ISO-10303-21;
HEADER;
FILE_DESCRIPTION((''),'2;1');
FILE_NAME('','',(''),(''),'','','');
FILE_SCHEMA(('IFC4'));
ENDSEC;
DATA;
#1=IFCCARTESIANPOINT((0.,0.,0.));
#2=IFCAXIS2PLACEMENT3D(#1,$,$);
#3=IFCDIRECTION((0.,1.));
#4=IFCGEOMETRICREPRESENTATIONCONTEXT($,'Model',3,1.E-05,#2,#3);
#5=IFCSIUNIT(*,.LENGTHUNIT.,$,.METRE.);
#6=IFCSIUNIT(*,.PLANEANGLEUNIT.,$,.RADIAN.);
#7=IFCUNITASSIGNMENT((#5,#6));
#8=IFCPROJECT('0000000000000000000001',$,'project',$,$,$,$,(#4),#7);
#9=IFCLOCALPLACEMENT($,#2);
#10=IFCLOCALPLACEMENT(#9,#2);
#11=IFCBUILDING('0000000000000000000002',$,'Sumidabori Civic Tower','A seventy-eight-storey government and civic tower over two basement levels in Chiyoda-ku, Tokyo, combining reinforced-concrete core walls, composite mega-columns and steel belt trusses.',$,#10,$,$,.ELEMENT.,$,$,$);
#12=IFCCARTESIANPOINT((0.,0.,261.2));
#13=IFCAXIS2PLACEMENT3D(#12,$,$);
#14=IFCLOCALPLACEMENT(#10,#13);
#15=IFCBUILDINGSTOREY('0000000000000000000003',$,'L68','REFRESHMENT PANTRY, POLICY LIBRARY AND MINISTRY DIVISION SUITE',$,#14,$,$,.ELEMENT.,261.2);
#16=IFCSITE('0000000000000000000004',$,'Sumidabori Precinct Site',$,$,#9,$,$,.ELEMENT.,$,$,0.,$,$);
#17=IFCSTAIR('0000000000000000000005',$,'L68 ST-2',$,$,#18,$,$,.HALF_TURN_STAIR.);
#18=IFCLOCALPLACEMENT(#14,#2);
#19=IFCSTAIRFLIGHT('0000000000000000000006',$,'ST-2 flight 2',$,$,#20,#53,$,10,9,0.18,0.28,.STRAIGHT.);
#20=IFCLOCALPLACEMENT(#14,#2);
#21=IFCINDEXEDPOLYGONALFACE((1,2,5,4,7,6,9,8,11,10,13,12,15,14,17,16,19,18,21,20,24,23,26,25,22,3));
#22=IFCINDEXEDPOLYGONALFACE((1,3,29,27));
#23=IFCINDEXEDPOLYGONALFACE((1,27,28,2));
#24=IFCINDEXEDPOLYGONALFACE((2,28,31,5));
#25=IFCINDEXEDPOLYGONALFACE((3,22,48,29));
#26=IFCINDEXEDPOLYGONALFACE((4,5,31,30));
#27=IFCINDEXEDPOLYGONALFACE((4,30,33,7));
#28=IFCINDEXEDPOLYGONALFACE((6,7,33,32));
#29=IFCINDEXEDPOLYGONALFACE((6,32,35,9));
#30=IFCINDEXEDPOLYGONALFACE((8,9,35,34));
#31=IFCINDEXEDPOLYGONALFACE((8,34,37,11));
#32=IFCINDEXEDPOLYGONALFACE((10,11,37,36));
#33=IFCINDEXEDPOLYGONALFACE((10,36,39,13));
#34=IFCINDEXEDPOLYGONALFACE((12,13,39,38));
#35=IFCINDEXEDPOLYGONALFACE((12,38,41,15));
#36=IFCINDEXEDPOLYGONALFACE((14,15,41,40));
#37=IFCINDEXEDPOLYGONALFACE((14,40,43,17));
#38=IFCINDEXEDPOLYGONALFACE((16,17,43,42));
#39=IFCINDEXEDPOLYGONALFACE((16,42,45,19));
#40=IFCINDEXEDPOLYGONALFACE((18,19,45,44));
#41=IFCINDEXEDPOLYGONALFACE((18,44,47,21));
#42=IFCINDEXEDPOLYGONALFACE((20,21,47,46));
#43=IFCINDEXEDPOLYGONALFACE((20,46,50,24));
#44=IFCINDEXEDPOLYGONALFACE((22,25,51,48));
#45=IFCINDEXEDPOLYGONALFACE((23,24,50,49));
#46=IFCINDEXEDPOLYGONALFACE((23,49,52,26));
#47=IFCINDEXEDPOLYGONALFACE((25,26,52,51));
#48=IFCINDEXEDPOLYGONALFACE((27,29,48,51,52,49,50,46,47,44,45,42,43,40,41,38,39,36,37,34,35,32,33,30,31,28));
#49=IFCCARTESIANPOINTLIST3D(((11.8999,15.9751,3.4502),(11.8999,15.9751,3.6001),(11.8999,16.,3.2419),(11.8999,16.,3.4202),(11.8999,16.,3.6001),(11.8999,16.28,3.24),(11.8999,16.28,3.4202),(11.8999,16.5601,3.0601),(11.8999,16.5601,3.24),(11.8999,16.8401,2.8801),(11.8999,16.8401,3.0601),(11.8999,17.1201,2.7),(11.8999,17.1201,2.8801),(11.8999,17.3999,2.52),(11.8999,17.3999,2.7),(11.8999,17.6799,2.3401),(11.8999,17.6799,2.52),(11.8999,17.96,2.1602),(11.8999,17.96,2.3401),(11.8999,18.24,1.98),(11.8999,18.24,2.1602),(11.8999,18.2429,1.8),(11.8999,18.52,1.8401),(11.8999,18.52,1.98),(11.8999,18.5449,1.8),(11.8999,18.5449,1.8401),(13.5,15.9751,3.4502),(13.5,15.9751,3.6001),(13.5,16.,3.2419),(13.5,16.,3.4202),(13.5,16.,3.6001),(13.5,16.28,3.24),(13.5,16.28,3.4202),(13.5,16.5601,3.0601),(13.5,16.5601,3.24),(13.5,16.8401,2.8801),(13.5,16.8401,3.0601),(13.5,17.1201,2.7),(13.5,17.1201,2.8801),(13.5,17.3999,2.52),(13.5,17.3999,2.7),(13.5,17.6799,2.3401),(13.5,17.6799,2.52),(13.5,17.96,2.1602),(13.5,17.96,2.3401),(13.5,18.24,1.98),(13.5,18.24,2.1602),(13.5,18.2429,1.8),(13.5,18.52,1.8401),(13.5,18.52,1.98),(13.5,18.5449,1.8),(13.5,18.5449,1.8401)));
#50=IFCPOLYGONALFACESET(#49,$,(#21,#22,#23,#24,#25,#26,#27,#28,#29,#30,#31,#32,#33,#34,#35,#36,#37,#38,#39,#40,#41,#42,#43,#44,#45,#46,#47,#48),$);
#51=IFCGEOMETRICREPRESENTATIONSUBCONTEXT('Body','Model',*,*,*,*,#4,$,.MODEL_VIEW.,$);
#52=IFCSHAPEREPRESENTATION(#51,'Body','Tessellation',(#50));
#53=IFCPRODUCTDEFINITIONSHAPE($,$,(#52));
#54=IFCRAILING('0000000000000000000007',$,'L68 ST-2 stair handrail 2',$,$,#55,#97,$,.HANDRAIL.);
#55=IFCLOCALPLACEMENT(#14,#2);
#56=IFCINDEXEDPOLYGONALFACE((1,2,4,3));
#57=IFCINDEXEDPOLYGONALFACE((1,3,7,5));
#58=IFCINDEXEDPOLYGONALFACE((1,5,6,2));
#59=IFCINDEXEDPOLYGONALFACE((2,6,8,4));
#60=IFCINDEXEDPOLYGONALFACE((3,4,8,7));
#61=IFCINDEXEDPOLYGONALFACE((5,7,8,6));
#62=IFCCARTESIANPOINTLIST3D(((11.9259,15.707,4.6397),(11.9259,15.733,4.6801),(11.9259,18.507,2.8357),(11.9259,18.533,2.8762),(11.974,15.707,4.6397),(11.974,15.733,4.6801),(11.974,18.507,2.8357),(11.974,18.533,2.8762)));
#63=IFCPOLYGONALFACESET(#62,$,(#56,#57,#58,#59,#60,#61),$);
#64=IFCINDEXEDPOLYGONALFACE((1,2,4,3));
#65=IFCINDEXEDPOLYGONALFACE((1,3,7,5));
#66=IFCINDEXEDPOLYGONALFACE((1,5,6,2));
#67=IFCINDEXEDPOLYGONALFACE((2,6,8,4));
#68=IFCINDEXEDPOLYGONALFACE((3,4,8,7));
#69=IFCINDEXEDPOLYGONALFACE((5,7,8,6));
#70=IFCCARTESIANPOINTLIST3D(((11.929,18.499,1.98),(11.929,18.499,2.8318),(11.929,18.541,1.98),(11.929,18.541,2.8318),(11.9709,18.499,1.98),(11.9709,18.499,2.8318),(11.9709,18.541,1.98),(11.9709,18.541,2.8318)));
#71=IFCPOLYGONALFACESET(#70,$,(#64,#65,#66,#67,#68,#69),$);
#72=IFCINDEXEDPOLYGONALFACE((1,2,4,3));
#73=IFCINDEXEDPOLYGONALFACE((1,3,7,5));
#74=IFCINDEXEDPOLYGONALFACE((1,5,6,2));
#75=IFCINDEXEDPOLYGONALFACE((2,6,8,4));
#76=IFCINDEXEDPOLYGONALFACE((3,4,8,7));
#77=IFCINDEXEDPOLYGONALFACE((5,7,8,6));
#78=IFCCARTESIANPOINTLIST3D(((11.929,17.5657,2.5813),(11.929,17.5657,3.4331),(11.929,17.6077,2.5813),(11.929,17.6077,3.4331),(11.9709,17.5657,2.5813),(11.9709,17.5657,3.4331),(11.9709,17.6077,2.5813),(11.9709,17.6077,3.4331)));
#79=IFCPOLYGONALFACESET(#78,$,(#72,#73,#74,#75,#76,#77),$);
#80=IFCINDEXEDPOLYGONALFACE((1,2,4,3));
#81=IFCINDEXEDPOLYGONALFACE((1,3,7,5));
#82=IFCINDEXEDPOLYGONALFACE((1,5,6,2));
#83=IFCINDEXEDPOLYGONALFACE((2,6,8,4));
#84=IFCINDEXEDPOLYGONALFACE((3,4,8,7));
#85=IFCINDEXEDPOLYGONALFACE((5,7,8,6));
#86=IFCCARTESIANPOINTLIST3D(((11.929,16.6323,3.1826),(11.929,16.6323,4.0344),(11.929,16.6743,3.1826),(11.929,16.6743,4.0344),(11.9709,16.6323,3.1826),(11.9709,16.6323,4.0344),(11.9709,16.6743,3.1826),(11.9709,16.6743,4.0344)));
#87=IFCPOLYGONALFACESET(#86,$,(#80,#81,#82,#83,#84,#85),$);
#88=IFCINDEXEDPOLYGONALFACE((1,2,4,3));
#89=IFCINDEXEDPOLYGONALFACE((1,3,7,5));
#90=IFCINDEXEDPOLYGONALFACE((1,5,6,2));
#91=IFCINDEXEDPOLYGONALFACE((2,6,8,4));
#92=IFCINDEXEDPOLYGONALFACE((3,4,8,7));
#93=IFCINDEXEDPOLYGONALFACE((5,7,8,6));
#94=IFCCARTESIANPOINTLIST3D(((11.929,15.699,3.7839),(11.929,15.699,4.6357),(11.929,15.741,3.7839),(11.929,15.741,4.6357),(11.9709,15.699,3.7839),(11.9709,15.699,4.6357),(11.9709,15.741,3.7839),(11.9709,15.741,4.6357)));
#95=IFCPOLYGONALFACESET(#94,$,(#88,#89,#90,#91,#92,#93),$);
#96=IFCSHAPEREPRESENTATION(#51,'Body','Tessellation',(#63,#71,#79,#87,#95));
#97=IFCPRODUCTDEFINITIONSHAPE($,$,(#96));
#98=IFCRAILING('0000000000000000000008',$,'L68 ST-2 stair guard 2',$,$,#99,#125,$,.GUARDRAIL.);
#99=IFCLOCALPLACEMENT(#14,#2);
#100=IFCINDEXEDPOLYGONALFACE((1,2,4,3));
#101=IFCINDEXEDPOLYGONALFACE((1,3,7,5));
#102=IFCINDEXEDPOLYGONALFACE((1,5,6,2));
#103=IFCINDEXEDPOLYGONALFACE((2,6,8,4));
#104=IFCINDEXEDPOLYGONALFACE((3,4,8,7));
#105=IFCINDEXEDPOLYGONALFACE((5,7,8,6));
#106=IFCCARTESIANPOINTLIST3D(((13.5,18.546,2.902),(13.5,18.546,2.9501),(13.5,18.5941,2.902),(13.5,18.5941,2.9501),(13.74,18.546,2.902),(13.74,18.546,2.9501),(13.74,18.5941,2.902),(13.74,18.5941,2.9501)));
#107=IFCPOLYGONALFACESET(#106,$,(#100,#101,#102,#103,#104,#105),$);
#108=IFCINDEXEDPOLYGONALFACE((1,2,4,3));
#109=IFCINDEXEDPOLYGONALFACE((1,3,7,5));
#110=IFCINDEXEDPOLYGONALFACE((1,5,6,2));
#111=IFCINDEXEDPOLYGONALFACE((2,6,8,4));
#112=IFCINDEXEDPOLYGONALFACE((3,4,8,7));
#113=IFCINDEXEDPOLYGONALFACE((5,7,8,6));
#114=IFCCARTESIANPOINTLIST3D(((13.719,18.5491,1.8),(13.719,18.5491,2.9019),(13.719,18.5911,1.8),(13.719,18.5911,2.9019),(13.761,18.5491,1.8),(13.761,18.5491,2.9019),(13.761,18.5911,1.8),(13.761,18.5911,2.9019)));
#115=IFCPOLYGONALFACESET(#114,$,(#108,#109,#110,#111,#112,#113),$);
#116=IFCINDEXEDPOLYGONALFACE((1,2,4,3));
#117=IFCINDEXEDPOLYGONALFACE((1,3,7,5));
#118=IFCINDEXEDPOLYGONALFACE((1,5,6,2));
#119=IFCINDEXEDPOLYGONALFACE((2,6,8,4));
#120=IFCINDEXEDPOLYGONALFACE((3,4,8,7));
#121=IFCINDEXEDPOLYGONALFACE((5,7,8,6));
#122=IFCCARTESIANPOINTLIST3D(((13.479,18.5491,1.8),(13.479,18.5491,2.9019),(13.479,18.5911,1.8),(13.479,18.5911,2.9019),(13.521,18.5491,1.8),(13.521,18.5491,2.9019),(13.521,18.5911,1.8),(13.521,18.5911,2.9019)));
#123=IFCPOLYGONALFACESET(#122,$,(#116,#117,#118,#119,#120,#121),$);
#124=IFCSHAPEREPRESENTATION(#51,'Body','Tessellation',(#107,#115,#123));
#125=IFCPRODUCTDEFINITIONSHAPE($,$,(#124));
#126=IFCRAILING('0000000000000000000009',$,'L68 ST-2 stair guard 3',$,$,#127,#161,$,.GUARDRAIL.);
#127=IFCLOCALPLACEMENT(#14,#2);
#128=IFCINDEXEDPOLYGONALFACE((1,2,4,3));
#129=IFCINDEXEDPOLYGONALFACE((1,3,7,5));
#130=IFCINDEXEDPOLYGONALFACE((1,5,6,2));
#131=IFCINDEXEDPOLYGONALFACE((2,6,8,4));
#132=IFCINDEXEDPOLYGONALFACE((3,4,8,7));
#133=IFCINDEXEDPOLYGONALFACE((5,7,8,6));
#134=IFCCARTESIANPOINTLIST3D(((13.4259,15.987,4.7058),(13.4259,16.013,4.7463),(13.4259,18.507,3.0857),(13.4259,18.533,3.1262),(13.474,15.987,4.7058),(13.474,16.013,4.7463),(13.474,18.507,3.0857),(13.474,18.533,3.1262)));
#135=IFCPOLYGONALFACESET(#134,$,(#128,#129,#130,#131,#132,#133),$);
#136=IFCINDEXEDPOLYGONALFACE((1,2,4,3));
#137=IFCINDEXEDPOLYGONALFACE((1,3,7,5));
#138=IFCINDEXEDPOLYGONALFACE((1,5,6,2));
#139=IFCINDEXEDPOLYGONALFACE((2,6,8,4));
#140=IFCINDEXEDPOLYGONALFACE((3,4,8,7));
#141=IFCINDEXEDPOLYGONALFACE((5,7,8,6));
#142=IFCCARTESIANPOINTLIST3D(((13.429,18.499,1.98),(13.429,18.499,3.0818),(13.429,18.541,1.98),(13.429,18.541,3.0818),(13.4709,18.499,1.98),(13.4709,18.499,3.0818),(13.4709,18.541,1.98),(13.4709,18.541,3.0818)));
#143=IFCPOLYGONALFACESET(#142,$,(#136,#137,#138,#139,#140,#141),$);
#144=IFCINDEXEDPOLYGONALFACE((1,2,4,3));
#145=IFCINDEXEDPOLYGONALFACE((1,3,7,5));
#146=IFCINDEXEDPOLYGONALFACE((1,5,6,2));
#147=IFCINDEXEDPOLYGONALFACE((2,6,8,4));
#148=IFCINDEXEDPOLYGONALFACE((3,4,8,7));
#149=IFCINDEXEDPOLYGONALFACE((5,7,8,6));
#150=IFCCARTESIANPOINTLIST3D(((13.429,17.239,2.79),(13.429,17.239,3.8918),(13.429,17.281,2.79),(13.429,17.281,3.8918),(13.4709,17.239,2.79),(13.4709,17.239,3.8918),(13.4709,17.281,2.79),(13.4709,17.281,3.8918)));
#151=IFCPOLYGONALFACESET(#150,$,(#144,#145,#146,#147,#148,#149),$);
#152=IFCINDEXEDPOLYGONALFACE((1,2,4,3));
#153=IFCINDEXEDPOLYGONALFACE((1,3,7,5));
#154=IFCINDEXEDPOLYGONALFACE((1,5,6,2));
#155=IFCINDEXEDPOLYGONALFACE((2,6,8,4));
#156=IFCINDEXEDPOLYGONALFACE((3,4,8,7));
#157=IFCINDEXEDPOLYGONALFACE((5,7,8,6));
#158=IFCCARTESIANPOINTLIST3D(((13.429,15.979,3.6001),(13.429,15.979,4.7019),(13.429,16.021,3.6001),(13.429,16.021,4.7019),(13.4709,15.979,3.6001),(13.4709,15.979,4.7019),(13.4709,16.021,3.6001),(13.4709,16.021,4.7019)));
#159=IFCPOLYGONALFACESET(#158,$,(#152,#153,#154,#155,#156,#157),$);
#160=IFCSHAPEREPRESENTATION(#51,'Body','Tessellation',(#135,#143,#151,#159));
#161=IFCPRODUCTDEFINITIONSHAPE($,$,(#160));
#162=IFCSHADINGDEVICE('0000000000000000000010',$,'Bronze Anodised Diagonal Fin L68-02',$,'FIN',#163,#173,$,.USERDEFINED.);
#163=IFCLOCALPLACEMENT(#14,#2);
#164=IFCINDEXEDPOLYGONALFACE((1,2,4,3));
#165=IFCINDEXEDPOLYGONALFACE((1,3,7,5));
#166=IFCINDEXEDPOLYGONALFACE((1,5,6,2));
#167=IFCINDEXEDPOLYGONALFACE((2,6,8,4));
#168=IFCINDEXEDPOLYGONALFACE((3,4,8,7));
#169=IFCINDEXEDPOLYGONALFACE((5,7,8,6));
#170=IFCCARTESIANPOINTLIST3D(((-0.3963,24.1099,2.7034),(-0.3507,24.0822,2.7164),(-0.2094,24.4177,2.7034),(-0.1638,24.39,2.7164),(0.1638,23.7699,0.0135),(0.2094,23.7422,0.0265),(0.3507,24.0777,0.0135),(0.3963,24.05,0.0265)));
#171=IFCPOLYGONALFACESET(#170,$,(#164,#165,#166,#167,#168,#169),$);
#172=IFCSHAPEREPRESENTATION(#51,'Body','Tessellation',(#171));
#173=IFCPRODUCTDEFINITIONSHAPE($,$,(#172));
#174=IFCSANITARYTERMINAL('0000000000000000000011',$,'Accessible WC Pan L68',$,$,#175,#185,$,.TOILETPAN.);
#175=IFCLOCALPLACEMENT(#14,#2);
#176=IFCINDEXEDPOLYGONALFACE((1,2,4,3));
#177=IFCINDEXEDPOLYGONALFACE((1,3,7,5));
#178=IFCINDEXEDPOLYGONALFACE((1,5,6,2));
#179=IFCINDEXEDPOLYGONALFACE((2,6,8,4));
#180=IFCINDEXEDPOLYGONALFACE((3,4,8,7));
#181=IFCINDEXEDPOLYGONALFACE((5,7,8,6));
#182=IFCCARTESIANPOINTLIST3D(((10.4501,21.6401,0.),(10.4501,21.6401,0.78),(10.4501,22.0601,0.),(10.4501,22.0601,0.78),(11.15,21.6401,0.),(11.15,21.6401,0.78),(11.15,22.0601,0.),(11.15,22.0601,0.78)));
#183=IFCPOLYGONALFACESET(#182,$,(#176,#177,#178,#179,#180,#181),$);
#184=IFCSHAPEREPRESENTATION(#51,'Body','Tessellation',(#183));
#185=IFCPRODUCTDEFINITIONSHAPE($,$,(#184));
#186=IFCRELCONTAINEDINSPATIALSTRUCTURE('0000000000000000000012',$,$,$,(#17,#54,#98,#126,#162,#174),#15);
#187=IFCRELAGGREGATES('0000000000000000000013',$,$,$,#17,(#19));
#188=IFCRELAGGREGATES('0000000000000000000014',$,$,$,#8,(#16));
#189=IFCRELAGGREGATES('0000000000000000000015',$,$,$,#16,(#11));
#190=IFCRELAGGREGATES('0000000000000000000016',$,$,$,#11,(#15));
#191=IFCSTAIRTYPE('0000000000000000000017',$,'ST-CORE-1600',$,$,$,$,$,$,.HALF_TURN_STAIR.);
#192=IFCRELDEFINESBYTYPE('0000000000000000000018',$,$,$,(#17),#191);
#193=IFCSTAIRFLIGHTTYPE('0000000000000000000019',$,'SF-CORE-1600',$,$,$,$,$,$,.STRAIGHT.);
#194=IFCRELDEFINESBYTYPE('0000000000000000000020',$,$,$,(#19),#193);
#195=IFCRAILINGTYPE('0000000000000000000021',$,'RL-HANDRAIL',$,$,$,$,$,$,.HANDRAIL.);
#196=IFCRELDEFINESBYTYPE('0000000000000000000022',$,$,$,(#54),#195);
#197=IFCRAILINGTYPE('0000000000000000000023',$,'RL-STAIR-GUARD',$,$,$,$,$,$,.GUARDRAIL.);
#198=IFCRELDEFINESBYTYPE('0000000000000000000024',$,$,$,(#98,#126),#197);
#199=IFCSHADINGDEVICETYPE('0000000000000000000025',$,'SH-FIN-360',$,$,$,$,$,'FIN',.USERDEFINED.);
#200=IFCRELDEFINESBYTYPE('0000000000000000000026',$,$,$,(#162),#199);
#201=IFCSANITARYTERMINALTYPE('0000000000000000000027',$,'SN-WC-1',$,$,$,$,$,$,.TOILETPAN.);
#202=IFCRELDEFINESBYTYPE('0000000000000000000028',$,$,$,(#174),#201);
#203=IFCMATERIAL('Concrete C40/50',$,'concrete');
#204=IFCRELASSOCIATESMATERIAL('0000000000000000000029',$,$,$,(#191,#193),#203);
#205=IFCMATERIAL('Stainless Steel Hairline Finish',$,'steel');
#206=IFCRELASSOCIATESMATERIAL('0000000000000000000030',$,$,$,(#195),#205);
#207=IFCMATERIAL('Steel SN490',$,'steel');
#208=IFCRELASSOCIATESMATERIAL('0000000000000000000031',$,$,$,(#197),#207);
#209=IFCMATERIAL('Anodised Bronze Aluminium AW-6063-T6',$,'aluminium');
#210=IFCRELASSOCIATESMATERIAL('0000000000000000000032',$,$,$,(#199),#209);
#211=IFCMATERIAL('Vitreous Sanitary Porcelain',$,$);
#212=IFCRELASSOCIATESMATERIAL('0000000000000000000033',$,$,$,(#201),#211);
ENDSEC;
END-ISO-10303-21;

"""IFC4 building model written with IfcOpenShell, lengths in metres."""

from ifc_helpers import new_model, si_unit, direction, frame, origin, origin_2d, place, context, subcontext, project, spatial, polyline, rectangle, outline, extrude, source, transform, mapped, material, material_profile, profile_set, type_object, element, aggregate, save


model = new_model("IFC4")

# Units and contexts
model_context = context("Model", 3, precision=1e-05, world=origin(), true_north=direction((0.0, 1.0)))
body_context = subcontext(model_context, "Body", "Model", "MODEL_VIEW")
ifc_project = project(units=[si_unit("LENGTHUNIT", "METRE"), si_unit("PLANEANGLEUNIT", "RADIAN")], contexts=[model_context])

# Site, building, storey
site_placement = place(None, origin())
site = spatial("IfcSite", under=ifc_project, at=site_placement, Name="Sumidabori Precinct Site", CompositionType="ELEMENT", RefElevation=0.0)
building_placement = place(site_placement, origin())
building = spatial("IfcBuilding", under=site, at=building_placement, Name="Sumidabori Civic Tower", Description="A seventy-eight-storey government and civic tower over two basement levels in Chiyoda-ku, Tokyo, combining reinforced-concrete core walls, composite mega-columns and steel belt trusses.", CompositionType="ELEMENT")
storey_placement = place(building_placement, frame((0.0, 0.0, 261.2)))
storey = spatial("IfcBuildingStorey", under=building, at=storey_placement, Name="L68", Description="REFRESHMENT PANTRY, POLICY LIBRARY AND MINISTRY DIVISION SUITE", CompositionType="ELEMENT", Elevation=261.2)

# Shared definitions
ifc_material_1 = material(Name="Steel SN490", Category="steel")

# Shared definitions
ifc_material_2 = material(Name="Anodised Bronze Aluminium AW-6063-T6", Category="aluminium")

# Stair, stair flight
ifc_material_3 = material(Name="Concrete C40/50", Category="concrete")
stair_type = type_object("IfcStairType", Name="ST-CORE-1600", PredefinedType="HALF_TURN_STAIR", material=ifc_material_3)
stair_placement = place(storey_placement, origin())
stair = element("IfcStair", 1, at=stair_placement, inside=storey, type_object=stair_type, Name="L68 ST-2", PredefinedType="HALF_TURN_STAIR")
stair_flight_type = type_object("IfcStairFlightType", Name="SF-CORE-1600", PredefinedType="STRAIGHT", material=ifc_material_3)
shared_shape_1 = source(origin(), body_context, "Body", "SweptSolid", [
    extrude(outline(polyline([(-0.0249, 0.0), (-0.0249, 0.04), (0.0, 0.04), (0.0, 0.1799), (0.28, 0.1799), (0.28, 0.3601), (0.5601, 0.3601), (0.5601, 0.54), (0.8401, 0.54), (0.8401, 0.72), (1.1201, 0.72), (1.1201, 0.8999), (1.3999, 0.8999), (1.3999, 1.0801), (1.6799, 1.0801), (1.6799, 1.26), (1.96, 1.26), (1.96, 1.4399), (2.24, 1.4399), (2.24, 1.6201), (2.52, 1.6201), (2.52, 1.8), (2.5449, 1.8), (2.5449, 1.6501), (2.52, 1.4419), (0.2771, 0.0), (-0.0249, 0.0)])), frame((0.0, 0.8, 0.0), z_axis=(0.0, -1.0, 0.0), x_axis=(1.0, 0.0, 0.0)), (0.0, 0.0, 1.0), 1.6001),
])
stair_flight_placement = place(storey_placement, frame((12.7, 18.52, 1.8), z_axis=(0.0, 0.0, 1.0), x_axis=(0.0, -1.0, 0.0)))
stair_flight = element("IfcStairFlight", 2, at=stair_flight_placement, type_object=stair_flight_type, Name="ST-2 flight 2", NumberOfRisers=10, NumberOfTreads=9, PredefinedType="STRAIGHT", RiserHeight=0.18, TreadLength=0.28, context=body_context, shape_type="MappedRepresentation", body=[
    mapped(shared_shape_1, transform((0.0, 0.0, 0.0), x_axis=(1.0, 0.0, 0.0), y_axis=(0.0, 1.0, 0.0), z_axis=(0.0, 0.0, 1.0), scale=1.0)),
])
aggregate(stair, [stair_flight])

# Railings
ifc_material_4 = material(Name="Stainless Steel Hairline Finish", Category="steel")
railing_type_1 = type_object("IfcRailingType", Name="RL-HANDRAIL", PredefinedType="HANDRAIL", material=ifc_material_4)
railing_1_placement = place(storey_placement, frame((11.95, 18.52, 1.98)))
element("IfcRailing", 3, at=railing_1_placement, inside=storey, type_object=railing_type_1, Name="L68 ST-2 stair handrail 2", PredefinedType="HANDRAIL", context=body_context, shape_type="SweptSolid", body=[
    extrude(rectangle(XDim=0.0481, YDim=0.0481, at=origin_2d()), frame((0.0, 0.0, 0.876), z_axis=(0.0, -0.840642, 0.541591), x_axis=(1.0, 0.0, 0.0)), (0.0, 0.0, 1.0), 3.3308),
    extrude(rectangle(XDim=0.042, YDim=0.042, at=origin_2d()), origin(), (0.0, 0.0, 1.0), 0.8518),
    extrude(rectangle(XDim=0.042, YDim=0.042, at=origin_2d()), frame((0.0, -0.9333, 0.6013)), (0.0, 0.0, 1.0), 0.8518),
    extrude(rectangle(XDim=0.042, YDim=0.042, at=origin_2d()), frame((0.0, -1.8667, 1.2026)), (0.0, 0.0, 1.0), 0.8518),
    extrude(rectangle(XDim=0.042, YDim=0.042, at=origin_2d()), frame((0.0, -2.8, 1.804)), (0.0, 0.0, 1.0), 0.8518),
])
railing_type_2 = type_object("IfcRailingType", Name="RL-STAIR-GUARD", PredefinedType="GUARDRAIL", material=ifc_material_1)
railing_2_placement = place(storey_placement, frame((13.74, 18.5701, 1.8)))
element("IfcRailing", 4, at=railing_2_placement, inside=storey, type_object=railing_type_2, Name="L68 ST-2 stair guard 2", PredefinedType="GUARDRAIL", context=body_context, shape_type="SweptSolid", body=[
    extrude(rectangle(XDim=0.0481, YDim=0.0481, at=origin_2d()), frame((0.0, 0.0, 1.126), z_axis=(-1.0, 0.0, 0.0), x_axis=(0.0, -1.0, 0.0)), (0.0, 0.0, 1.0), 0.24),
    extrude(rectangle(XDim=0.042, YDim=0.042, at=origin_2d()), origin(), (0.0, 0.0, 1.0), 1.1018),
    extrude(rectangle(XDim=0.042, YDim=0.042, at=origin_2d()), frame((-0.24, 0.0, 0.0)), (0.0, 0.0, 1.0), 1.1018),
])
railing_3_placement = place(storey_placement, frame((13.45, 18.52, 1.98)))
element("IfcRailing", 5, at=railing_3_placement, inside=storey, type_object=railing_type_2, Name="L68 ST-2 stair guard 3", PredefinedType="GUARDRAIL", context=body_context, shape_type="SweptSolid", body=[
    extrude(rectangle(XDim=0.0481, YDim=0.0481, at=origin_2d()), frame((0.0, 0.0, 1.126), z_axis=(0.0, -0.841163, 0.540782), x_axis=(1.0, 0.0, 0.0)), (0.0, 0.0, 1.0), 2.9958),
    extrude(rectangle(XDim=0.042, YDim=0.042, at=origin_2d()), origin(), (0.0, 0.0, 1.0), 1.1018),
    extrude(rectangle(XDim=0.042, YDim=0.042, at=origin_2d()), frame((0.0, -1.26, 0.8101)), (0.0, 0.0, 1.0), 1.1018),
    extrude(rectangle(XDim=0.042, YDim=0.042, at=origin_2d()), frame((0.0, -2.52, 1.6201)), (0.0, 0.0, 1.0), 1.1018),
])

# Shading device
ifc_material_profile_1 = material_profile(ifc_material_2, rectangle(XDim=0.0549, YDim=0.3601, at=origin_2d()), Name="BRONZE FIN 360x55")
ifc_profile_set_1 = profile_set([ifc_material_profile_1], Name="Anodised Bronze Aluminium AW-6063-T6")
shading_device_type = type_object("IfcShadingDeviceType", Name="SH-FIN-360", ElementType="FIN", PredefinedType="USERDEFINED", material=ifc_profile_set_1)
shared_shape_2 = source(origin(), body_context, "Body", "SweptSolid", [
    extrude(rectangle(XDim=0.0549, YDim=0.3601, at=origin_2d()), origin(), (0.0, 0.0, 1.0), 2.7686),
])
shading_device_placement = place(storey_placement, frame((0.28, 23.9099, 0.02), z_axis=(-0.20229, 0.122838, 0.971591), x_axis=(0.83047, -0.504291, 0.236665)))
element("IfcShadingDevice", 6, at=shading_device_placement, inside=storey, type_object=shading_device_type, Name="Bronze Anodised Diagonal Fin L68-02", ObjectType="FIN", PredefinedType="USERDEFINED", context=body_context, shape_type="MappedRepresentation", body=[
    mapped(shared_shape_2, transform((0.0, 0.0, 0.0), x_axis=(1.0, 0.0, 0.0), y_axis=(0.0, 1.0, 0.0), z_axis=(0.0, 0.0, 1.0), scale=1.0)),
])

# Sanitary terminal
ifc_material_5 = material(Name="Vitreous Sanitary Porcelain")
sanitary_terminal_type_1 = type_object("IfcSanitaryTerminalType", Name="SN-WC-1", PredefinedType="TOILETPAN", material=ifc_material_5)
shared_shape_3 = source(origin(), body_context, "Body", "SweptSolid", [
    extrude(rectangle(XDim=0.7, YDim=0.4199, at=origin_2d()), origin(), (0.0, 0.0, 1.0), 0.78),
])
sanitary_terminal_1_placement = place(storey_placement, frame((10.8, 21.8501, 0.0), z_axis=(0.0, 0.0, 1.0), x_axis=(1.0, 0.0, 0.0)))
element("IfcSanitaryTerminal", 7, at=sanitary_terminal_1_placement, inside=storey, type_object=sanitary_terminal_type_1, Name="Accessible WC Pan L68", PredefinedType="TOILETPAN", context=body_context, shape_type="MappedRepresentation", body=[
    mapped(shared_shape_3, transform((0.0, 0.0, 0.0), x_axis=(1.0, 0.0, 0.0), y_axis=(0.0, 1.0, 0.0), z_axis=(0.0, 0.0, 1.0), scale=1.0)),
])

save(model, "model.ifc")
